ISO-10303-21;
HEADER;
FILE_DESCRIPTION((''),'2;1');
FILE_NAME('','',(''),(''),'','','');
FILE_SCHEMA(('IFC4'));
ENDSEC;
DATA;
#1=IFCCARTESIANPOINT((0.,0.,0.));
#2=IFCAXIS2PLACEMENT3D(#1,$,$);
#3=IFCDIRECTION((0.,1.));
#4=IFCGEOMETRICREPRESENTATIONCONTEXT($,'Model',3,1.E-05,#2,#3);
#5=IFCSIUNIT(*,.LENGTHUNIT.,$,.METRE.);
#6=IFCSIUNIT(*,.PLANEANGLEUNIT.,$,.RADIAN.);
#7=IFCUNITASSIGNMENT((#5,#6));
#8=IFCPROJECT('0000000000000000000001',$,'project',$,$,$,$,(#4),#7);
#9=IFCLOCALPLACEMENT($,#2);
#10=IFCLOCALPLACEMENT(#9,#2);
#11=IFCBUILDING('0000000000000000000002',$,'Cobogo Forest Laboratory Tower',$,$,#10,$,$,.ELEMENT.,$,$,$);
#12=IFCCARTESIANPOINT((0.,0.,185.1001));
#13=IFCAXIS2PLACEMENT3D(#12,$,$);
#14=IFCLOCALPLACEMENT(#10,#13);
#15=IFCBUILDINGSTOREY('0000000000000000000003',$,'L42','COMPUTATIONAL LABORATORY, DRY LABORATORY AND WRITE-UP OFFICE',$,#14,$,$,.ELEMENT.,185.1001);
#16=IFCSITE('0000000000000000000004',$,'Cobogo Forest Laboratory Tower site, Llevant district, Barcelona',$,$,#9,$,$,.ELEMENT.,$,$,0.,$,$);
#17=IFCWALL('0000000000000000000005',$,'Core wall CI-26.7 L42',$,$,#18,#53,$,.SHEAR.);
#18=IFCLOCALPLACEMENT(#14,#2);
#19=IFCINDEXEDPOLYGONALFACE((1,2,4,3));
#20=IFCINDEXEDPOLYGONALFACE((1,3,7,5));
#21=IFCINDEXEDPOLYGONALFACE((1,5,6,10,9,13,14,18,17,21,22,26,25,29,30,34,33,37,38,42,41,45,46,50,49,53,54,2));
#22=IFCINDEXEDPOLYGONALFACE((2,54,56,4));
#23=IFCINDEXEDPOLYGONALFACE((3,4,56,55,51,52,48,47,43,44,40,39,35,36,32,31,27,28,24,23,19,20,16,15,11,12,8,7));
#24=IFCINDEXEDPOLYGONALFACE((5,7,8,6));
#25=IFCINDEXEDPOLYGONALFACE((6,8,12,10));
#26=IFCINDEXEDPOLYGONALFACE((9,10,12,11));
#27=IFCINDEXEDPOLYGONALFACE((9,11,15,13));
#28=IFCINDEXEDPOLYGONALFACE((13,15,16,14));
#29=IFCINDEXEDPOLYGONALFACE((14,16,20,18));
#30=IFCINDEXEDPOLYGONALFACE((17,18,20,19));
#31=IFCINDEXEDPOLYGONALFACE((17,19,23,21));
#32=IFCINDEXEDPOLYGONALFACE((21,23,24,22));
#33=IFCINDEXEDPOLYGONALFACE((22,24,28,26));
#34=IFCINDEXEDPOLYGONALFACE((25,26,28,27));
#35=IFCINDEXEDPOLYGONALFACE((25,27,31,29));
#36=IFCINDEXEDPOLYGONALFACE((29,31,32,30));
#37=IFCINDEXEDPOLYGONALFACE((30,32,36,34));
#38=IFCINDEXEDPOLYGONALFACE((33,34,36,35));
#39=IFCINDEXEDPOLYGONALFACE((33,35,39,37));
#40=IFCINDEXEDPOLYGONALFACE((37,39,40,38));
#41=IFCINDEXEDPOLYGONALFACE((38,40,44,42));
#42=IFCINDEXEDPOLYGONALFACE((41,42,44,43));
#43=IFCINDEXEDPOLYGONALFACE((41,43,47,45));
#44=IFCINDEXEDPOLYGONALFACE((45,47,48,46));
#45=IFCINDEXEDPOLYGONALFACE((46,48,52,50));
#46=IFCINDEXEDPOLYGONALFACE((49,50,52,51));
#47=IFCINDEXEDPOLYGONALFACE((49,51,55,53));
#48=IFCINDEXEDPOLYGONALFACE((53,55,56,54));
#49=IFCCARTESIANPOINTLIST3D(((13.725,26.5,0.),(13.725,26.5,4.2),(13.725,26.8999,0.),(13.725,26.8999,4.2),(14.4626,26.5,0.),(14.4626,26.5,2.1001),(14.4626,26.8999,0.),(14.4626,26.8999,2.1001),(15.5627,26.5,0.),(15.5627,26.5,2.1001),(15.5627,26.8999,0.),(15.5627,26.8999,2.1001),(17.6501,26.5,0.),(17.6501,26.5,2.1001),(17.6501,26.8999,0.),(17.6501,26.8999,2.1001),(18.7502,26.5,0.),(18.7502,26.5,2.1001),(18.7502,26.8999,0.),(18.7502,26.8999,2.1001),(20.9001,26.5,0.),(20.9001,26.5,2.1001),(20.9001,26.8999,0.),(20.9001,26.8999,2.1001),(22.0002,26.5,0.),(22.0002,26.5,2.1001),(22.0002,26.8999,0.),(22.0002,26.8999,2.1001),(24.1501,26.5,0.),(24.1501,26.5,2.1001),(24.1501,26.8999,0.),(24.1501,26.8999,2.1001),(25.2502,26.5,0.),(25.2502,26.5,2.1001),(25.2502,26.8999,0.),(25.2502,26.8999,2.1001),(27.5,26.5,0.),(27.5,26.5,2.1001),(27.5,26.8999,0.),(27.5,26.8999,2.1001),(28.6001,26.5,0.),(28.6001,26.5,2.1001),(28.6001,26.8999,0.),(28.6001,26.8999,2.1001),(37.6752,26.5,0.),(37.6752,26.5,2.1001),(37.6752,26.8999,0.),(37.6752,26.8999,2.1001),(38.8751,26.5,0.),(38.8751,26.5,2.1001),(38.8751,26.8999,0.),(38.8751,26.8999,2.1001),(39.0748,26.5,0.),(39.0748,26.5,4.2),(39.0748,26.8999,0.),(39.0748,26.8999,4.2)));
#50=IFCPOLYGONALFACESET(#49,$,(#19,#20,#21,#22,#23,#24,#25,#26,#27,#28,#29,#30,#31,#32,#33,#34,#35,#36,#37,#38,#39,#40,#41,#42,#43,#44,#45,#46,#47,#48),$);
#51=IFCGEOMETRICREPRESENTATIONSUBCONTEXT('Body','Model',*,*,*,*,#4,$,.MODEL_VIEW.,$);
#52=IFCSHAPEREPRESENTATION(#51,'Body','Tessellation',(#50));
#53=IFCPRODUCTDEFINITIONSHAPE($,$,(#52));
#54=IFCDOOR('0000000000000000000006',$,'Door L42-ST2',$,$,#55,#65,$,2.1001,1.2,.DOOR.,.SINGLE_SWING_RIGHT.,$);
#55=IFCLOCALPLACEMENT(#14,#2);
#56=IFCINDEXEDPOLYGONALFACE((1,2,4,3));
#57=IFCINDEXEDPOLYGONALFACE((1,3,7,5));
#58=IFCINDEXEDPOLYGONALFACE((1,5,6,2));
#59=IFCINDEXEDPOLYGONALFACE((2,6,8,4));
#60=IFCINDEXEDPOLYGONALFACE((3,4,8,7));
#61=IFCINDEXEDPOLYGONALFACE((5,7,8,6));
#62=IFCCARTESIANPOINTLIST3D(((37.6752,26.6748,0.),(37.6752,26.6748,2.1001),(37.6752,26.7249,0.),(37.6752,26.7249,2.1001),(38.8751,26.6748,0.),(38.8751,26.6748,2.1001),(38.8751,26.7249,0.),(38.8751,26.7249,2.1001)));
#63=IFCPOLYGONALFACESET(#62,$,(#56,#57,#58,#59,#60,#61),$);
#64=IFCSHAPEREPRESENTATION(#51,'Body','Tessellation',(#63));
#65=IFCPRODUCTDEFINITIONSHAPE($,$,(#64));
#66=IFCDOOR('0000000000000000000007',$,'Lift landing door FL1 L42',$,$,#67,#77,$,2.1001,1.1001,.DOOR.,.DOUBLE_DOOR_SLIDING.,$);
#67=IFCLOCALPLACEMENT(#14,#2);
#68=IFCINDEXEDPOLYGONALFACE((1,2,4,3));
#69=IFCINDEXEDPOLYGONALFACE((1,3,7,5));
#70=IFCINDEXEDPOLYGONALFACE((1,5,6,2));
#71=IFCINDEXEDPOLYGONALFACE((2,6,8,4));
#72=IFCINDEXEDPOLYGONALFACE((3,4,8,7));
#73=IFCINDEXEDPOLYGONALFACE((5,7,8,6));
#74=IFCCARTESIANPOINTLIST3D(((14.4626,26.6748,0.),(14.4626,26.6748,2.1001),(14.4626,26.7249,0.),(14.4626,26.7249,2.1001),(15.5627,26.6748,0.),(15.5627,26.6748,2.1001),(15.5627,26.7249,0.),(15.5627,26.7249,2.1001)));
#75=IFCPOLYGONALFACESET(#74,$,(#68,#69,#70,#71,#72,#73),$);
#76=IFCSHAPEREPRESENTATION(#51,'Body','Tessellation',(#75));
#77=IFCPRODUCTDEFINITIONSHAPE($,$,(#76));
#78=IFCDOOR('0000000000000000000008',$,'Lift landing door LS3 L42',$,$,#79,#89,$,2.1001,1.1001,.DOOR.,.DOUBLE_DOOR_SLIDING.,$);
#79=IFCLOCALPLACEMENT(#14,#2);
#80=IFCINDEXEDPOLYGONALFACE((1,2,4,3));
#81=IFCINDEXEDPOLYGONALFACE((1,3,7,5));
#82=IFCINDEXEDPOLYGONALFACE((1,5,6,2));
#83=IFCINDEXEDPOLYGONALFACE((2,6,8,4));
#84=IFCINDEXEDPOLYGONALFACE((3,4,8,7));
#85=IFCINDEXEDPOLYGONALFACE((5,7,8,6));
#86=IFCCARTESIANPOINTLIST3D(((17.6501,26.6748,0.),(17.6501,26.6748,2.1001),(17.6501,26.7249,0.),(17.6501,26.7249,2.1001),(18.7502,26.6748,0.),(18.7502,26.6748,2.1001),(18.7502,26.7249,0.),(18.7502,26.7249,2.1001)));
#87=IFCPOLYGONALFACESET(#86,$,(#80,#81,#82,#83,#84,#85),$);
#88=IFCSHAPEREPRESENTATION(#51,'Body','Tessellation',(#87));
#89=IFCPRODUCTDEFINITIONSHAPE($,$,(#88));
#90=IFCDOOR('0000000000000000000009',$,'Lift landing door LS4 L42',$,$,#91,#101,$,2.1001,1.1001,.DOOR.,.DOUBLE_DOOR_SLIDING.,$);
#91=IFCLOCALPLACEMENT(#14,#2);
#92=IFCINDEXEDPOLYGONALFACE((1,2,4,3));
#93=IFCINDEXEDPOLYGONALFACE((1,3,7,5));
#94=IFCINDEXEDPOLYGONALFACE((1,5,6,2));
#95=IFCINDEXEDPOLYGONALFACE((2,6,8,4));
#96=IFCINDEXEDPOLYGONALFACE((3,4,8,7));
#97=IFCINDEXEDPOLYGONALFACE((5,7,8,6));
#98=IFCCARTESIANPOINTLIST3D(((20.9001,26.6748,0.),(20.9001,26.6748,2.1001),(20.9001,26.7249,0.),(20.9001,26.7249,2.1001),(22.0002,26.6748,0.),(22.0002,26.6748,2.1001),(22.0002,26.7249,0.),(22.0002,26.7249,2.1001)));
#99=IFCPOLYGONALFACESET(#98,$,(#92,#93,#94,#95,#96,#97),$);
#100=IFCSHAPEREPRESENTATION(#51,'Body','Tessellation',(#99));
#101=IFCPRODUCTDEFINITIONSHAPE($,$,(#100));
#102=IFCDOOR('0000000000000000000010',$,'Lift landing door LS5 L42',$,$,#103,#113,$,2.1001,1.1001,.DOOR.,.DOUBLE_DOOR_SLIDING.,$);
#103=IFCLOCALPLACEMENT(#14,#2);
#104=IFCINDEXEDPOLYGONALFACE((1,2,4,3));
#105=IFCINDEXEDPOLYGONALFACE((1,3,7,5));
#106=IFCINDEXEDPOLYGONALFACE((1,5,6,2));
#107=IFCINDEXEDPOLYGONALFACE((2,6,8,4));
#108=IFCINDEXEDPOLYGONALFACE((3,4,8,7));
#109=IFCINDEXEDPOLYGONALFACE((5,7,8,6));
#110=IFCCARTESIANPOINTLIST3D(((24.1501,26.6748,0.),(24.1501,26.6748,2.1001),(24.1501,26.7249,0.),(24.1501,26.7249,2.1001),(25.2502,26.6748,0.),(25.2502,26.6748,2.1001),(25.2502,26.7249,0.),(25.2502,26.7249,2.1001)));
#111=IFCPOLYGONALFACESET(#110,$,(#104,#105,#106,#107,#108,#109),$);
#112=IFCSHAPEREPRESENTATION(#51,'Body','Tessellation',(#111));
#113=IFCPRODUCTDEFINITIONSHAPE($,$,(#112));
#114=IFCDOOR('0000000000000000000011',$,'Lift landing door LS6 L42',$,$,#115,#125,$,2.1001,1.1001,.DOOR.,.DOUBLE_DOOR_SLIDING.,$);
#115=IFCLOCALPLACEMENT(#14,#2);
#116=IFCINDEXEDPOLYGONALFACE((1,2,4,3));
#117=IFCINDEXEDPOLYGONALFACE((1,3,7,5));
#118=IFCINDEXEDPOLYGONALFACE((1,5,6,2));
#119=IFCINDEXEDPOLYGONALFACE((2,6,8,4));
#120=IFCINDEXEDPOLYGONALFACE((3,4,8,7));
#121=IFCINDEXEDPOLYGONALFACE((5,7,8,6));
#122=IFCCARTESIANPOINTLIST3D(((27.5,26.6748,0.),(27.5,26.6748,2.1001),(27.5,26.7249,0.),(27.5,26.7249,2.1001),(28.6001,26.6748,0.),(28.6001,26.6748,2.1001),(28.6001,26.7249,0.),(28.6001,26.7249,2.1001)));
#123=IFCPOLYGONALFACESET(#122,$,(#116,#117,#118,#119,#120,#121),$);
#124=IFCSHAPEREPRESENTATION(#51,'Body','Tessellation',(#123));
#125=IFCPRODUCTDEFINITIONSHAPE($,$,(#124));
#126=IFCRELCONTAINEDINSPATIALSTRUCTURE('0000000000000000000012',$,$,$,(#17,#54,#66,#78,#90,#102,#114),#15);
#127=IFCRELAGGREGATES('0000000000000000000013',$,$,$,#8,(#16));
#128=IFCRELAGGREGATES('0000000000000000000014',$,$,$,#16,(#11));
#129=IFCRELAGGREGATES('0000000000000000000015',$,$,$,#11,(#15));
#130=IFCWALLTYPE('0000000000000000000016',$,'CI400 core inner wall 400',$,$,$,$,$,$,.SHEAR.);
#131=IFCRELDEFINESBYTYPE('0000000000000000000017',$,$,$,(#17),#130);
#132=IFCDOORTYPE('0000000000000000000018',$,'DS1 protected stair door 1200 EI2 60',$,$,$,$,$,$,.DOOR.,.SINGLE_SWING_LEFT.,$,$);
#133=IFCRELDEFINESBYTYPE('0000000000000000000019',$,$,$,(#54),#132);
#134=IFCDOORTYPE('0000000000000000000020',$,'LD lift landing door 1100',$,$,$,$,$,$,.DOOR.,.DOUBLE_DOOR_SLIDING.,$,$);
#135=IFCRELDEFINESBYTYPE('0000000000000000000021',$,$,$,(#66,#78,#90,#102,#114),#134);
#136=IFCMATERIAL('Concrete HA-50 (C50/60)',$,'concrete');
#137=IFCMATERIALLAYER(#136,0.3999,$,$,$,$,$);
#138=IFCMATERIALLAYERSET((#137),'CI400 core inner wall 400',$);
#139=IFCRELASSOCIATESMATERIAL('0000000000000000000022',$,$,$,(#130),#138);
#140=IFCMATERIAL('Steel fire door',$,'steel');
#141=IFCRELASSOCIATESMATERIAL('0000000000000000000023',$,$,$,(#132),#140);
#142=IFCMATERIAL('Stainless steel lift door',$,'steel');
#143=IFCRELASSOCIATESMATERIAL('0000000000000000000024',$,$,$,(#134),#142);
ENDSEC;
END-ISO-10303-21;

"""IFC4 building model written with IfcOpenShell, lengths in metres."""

from ifc_helpers import new_model, si_unit, direction, frame, frame_2d, origin, place, context, subcontext, project, spatial, rectangle, extrude, material, layer, layer_set, type_object, element, fill, save


model = new_model("IFC4")

# Units and contexts
model_context = context("Model", 3, precision=1e-05, world=origin(), true_north=direction((0.0, 1.0)))
body_context = subcontext(model_context, "Body", "Model", "MODEL_VIEW")
ifc_project = project(units=[si_unit("LENGTHUNIT", "METRE"), si_unit("PLANEANGLEUNIT", "RADIAN")], contexts=[model_context])

# Site, building, storey
site_placement = place(None, origin())
site = spatial("IfcSite", under=ifc_project, at=site_placement, Name="Cobogo Forest Laboratory Tower site, Llevant district, Barcelona", CompositionType="ELEMENT", RefElevation=0.0)
building_placement = place(site_placement, origin())
building = spatial("IfcBuilding", under=site, at=building_placement, Name="Cobogo Forest Laboratory Tower", CompositionType="ELEMENT")
storey_placement = place(building_placement, frame((0.0, 0.0, 185.1001)))
storey = spatial("IfcBuildingStorey", under=building, at=storey_placement, Name="L42", Description="COMPUTATIONAL LABORATORY, DRY LABORATORY AND WRITE-UP OFFICE", CompositionType="ELEMENT", Elevation=185.1001)

# Shared definitions
ifc_material_1 = material(Name="Concrete HA-50 (C50/60)", Category="concrete")

# Shared definitions
ifc_layer_1 = layer(ifc_material_1, 0.3999)
ifc_layer_set_1 = layer_set([ifc_layer_1], Name="CI400 core inner wall 400")
wall_type_1 = type_object("IfcWallType", Name="CI400 core inner wall 400", PredefinedType="SHEAR", material=ifc_layer_set_1)

# Wall, openings, doors
wall_1_placement = place(storey_placement, frame((13.7251, 26.7, 0.0), z_axis=(0.0, 0.0, 1.0), x_axis=(1.0, 0.0, 0.0)))
wall_1 = element("IfcWall", 1, at=wall_1_placement, inside=storey, type_object=wall_type_1, Name="Core wall CI-26.7 L42", PredefinedType="SHEAR", context=body_context, shape_type="SweptSolid", body=[
    extrude(rectangle(XDim=25.3499, YDim=0.3999, at=frame_2d((12.6748, 0.0))), origin(), (0.0, 0.0, 1.0), 4.2),
])
opening_1_placement = place(wall_1_placement, frame((23.95, 0.0, 0.0)))
opening_1 = element("IfcOpeningElement", 2, at=opening_1_placement, cuts=wall_1, PredefinedType="OPENING", context=body_context, shape_type="SweptSolid", body=[
    extrude(rectangle(XDim=1.2, YDim=2.1001, at=frame_2d((0.6001, 1.05))), frame((0.0, 0.21, 0.0), z_axis=(0.0, -1.0, 0.0), x_axis=(1.0, 0.0, 0.0)), (0.0, 0.0, 1.0), 0.4199),
])
opening_2_placement = place(wall_1_placement, frame((0.7375, 0.0, 0.0)))
opening_2 = element("IfcOpeningElement", 3, at=opening_2_placement, cuts=wall_1, PredefinedType="OPENING", context=body_context, shape_type="SweptSolid", body=[
    extrude(rectangle(XDim=1.1001, YDim=2.1001, at=frame_2d((0.55, 1.05))), frame((0.0, 0.21, 0.0), z_axis=(0.0, -1.0, 0.0), x_axis=(1.0, 0.0, 0.0)), (0.0, 0.0, 1.0), 0.4199),
])
opening_3_placement = place(wall_1_placement, frame((3.925, 0.0, 0.0)))
opening_3 = element("IfcOpeningElement", 4, at=opening_3_placement, cuts=wall_1, PredefinedType="OPENING", context=body_context, shape_type="SweptSolid", body=[
    extrude(rectangle(XDim=1.1001, YDim=2.1001, at=frame_2d((0.55, 1.05))), frame((0.0, 0.21, 0.0), z_axis=(0.0, -1.0, 0.0), x_axis=(1.0, 0.0, 0.0)), (0.0, 0.0, 1.0), 0.4199),
])
opening_4_placement = place(wall_1_placement, frame((7.175, 0.0, 0.0)))
opening_4 = element("IfcOpeningElement", 5, at=opening_4_placement, cuts=wall_1, PredefinedType="OPENING", context=body_context, shape_type="SweptSolid", body=[
    extrude(rectangle(XDim=1.1001, YDim=2.1001, at=frame_2d((0.55, 1.05))), frame((0.0, 0.21, 0.0), z_axis=(0.0, -1.0, 0.0), x_axis=(1.0, 0.0, 0.0)), (0.0, 0.0, 1.0), 0.4199),
])
opening_5_placement = place(wall_1_placement, frame((10.425, 0.0, 0.0)))
opening_5 = element("IfcOpeningElement", 6, at=opening_5_placement, cuts=wall_1, PredefinedType="OPENING", context=body_context, shape_type="SweptSolid", body=[
    extrude(rectangle(XDim=1.1001, YDim=2.1001, at=frame_2d((0.55, 1.05))), frame((0.0, 0.21, 0.0), z_axis=(0.0, -1.0, 0.0), x_axis=(1.0, 0.0, 0.0)), (0.0, 0.0, 1.0), 0.4199),
])
opening_6_placement = place(wall_1_placement, frame((13.7749, 0.0, 0.0)))
opening_6 = element("IfcOpeningElement", 7, at=opening_6_placement, cuts=wall_1, PredefinedType="OPENING", context=body_context, shape_type="SweptSolid", body=[
    extrude(rectangle(XDim=1.1001, YDim=2.1001, at=frame_2d((0.55, 1.05))), frame((0.0, 0.21, 0.0), z_axis=(0.0, -1.0, 0.0), x_axis=(1.0, 0.0, 0.0)), (0.0, 0.0, 1.0), 0.4199),
])
ifc_material_2 = material(Name="Steel fire door", Category="steel")
door_type_1 = type_object("IfcDoorType", Name="DS1 protected stair door 1200 EI2 60", OperationType="SINGLE_SWING_LEFT", PredefinedType="DOOR", material=ifc_material_2)
door_1_placement = place(opening_1_placement, origin())
door_1 = element("IfcDoor", 8, at=door_1_placement, inside=storey, type_object=door_type_1, Name="Door L42-ST2", OperationType="SINGLE_SWING_RIGHT", OverallHeight=2.1001, OverallWidth=1.2, PredefinedType="DOOR", context=body_context, shape_type="SweptSolid", body=[
    extrude(rectangle(XDim=1.2, YDim=2.1001, at=frame_2d((0.6001, 1.05))), frame((0.0, 0.0249, 0.0), z_axis=(0.0, -1.0, 0.0), x_axis=(1.0, 0.0, 0.0)), (0.0, 0.0, 1.0), 0.05),
])
fill(opening_1, door_1)
ifc_material_3 = material(Name="Stainless steel lift door", Category="steel")
door_type_2 = type_object("IfcDoorType", Name="LD lift landing door 1100", OperationType="DOUBLE_DOOR_SLIDING", PredefinedType="DOOR", material=ifc_material_3)
door_2_placement = place(opening_2_placement, origin())
door_2 = element("IfcDoor", 9, at=door_2_placement, inside=storey, type_object=door_type_2, Name="Lift landing door FL1 L42", OperationType="DOUBLE_DOOR_SLIDING", OverallHeight=2.1001, OverallWidth=1.1001, PredefinedType="DOOR", context=body_context, shape_type="SweptSolid", body=[
    extrude(rectangle(XDim=1.1001, YDim=2.1001, at=frame_2d((0.55, 1.05))), frame((0.0, 0.0249, 0.0), z_axis=(0.0, -1.0, 0.0), x_axis=(1.0, 0.0, 0.0)), (0.0, 0.0, 1.0), 0.05),
])
fill(opening_2, door_2)
door_3_placement = place(opening_3_placement, origin())
door_3 = element("IfcDoor", 10, at=door_3_placement, inside=storey, type_object=door_type_2, Name="Lift landing door LS3 L42", OperationType="DOUBLE_DOOR_SLIDING", OverallHeight=2.1001, OverallWidth=1.1001, PredefinedType="DOOR", context=body_context, shape_type="SweptSolid", body=[
    extrude(rectangle(XDim=1.1001, YDim=2.1001, at=frame_2d((0.55, 1.05))), frame((0.0, 0.0249, 0.0), z_axis=(0.0, -1.0, 0.0), x_axis=(1.0, 0.0, 0.0)), (0.0, 0.0, 1.0), 0.05),
])
fill(opening_3, door_3)
door_4_placement = place(opening_4_placement, origin())
door_4 = element("IfcDoor", 11, at=door_4_placement, inside=storey, type_object=door_type_2, Name="Lift landing door LS4 L42", OperationType="DOUBLE_DOOR_SLIDING", OverallHeight=2.1001, OverallWidth=1.1001, PredefinedType="DOOR", context=body_context, shape_type="SweptSolid", body=[
    extrude(rectangle(XDim=1.1001, YDim=2.1001, at=frame_2d((0.55, 1.05))), frame((0.0, 0.0249, 0.0), z_axis=(0.0, -1.0, 0.0), x_axis=(1.0, 0.0, 0.0)), (0.0, 0.0, 1.0), 0.05),
])
fill(opening_4, door_4)
door_5_placement = place(opening_5_placement, origin())
door_5 = element("IfcDoor", 12, at=door_5_placement, inside=storey, type_object=door_type_2, Name="Lift landing door LS5 L42", OperationType="DOUBLE_DOOR_SLIDING", OverallHeight=2.1001, OverallWidth=1.1001, PredefinedType="DOOR", context=body_context, shape_type="SweptSolid", body=[
    extrude(rectangle(XDim=1.1001, YDim=2.1001, at=frame_2d((0.55, 1.05))), frame((0.0, 0.0249, 0.0), z_axis=(0.0, -1.0, 0.0), x_axis=(1.0, 0.0, 0.0)), (0.0, 0.0, 1.0), 0.05),
])
fill(opening_5, door_5)
door_6_placement = place(opening_6_placement, origin())
door_6 = element("IfcDoor", 13, at=door_6_placement, inside=storey, type_object=door_type_2, Name="Lift landing door LS6 L42", OperationType="DOUBLE_DOOR_SLIDING", OverallHeight=2.1001, OverallWidth=1.1001, PredefinedType="DOOR", context=body_context, shape_type="SweptSolid", body=[
    extrude(rectangle(XDim=1.1001, YDim=2.1001, at=frame_2d((0.55, 1.05))), frame((0.0, 0.0249, 0.0), z_axis=(0.0, -1.0, 0.0), x_axis=(1.0, 0.0, 0.0)), (0.0, 0.0, 1.0), 0.05),
])
fill(opening_6, door_6)

save(model, "model.ifc")
